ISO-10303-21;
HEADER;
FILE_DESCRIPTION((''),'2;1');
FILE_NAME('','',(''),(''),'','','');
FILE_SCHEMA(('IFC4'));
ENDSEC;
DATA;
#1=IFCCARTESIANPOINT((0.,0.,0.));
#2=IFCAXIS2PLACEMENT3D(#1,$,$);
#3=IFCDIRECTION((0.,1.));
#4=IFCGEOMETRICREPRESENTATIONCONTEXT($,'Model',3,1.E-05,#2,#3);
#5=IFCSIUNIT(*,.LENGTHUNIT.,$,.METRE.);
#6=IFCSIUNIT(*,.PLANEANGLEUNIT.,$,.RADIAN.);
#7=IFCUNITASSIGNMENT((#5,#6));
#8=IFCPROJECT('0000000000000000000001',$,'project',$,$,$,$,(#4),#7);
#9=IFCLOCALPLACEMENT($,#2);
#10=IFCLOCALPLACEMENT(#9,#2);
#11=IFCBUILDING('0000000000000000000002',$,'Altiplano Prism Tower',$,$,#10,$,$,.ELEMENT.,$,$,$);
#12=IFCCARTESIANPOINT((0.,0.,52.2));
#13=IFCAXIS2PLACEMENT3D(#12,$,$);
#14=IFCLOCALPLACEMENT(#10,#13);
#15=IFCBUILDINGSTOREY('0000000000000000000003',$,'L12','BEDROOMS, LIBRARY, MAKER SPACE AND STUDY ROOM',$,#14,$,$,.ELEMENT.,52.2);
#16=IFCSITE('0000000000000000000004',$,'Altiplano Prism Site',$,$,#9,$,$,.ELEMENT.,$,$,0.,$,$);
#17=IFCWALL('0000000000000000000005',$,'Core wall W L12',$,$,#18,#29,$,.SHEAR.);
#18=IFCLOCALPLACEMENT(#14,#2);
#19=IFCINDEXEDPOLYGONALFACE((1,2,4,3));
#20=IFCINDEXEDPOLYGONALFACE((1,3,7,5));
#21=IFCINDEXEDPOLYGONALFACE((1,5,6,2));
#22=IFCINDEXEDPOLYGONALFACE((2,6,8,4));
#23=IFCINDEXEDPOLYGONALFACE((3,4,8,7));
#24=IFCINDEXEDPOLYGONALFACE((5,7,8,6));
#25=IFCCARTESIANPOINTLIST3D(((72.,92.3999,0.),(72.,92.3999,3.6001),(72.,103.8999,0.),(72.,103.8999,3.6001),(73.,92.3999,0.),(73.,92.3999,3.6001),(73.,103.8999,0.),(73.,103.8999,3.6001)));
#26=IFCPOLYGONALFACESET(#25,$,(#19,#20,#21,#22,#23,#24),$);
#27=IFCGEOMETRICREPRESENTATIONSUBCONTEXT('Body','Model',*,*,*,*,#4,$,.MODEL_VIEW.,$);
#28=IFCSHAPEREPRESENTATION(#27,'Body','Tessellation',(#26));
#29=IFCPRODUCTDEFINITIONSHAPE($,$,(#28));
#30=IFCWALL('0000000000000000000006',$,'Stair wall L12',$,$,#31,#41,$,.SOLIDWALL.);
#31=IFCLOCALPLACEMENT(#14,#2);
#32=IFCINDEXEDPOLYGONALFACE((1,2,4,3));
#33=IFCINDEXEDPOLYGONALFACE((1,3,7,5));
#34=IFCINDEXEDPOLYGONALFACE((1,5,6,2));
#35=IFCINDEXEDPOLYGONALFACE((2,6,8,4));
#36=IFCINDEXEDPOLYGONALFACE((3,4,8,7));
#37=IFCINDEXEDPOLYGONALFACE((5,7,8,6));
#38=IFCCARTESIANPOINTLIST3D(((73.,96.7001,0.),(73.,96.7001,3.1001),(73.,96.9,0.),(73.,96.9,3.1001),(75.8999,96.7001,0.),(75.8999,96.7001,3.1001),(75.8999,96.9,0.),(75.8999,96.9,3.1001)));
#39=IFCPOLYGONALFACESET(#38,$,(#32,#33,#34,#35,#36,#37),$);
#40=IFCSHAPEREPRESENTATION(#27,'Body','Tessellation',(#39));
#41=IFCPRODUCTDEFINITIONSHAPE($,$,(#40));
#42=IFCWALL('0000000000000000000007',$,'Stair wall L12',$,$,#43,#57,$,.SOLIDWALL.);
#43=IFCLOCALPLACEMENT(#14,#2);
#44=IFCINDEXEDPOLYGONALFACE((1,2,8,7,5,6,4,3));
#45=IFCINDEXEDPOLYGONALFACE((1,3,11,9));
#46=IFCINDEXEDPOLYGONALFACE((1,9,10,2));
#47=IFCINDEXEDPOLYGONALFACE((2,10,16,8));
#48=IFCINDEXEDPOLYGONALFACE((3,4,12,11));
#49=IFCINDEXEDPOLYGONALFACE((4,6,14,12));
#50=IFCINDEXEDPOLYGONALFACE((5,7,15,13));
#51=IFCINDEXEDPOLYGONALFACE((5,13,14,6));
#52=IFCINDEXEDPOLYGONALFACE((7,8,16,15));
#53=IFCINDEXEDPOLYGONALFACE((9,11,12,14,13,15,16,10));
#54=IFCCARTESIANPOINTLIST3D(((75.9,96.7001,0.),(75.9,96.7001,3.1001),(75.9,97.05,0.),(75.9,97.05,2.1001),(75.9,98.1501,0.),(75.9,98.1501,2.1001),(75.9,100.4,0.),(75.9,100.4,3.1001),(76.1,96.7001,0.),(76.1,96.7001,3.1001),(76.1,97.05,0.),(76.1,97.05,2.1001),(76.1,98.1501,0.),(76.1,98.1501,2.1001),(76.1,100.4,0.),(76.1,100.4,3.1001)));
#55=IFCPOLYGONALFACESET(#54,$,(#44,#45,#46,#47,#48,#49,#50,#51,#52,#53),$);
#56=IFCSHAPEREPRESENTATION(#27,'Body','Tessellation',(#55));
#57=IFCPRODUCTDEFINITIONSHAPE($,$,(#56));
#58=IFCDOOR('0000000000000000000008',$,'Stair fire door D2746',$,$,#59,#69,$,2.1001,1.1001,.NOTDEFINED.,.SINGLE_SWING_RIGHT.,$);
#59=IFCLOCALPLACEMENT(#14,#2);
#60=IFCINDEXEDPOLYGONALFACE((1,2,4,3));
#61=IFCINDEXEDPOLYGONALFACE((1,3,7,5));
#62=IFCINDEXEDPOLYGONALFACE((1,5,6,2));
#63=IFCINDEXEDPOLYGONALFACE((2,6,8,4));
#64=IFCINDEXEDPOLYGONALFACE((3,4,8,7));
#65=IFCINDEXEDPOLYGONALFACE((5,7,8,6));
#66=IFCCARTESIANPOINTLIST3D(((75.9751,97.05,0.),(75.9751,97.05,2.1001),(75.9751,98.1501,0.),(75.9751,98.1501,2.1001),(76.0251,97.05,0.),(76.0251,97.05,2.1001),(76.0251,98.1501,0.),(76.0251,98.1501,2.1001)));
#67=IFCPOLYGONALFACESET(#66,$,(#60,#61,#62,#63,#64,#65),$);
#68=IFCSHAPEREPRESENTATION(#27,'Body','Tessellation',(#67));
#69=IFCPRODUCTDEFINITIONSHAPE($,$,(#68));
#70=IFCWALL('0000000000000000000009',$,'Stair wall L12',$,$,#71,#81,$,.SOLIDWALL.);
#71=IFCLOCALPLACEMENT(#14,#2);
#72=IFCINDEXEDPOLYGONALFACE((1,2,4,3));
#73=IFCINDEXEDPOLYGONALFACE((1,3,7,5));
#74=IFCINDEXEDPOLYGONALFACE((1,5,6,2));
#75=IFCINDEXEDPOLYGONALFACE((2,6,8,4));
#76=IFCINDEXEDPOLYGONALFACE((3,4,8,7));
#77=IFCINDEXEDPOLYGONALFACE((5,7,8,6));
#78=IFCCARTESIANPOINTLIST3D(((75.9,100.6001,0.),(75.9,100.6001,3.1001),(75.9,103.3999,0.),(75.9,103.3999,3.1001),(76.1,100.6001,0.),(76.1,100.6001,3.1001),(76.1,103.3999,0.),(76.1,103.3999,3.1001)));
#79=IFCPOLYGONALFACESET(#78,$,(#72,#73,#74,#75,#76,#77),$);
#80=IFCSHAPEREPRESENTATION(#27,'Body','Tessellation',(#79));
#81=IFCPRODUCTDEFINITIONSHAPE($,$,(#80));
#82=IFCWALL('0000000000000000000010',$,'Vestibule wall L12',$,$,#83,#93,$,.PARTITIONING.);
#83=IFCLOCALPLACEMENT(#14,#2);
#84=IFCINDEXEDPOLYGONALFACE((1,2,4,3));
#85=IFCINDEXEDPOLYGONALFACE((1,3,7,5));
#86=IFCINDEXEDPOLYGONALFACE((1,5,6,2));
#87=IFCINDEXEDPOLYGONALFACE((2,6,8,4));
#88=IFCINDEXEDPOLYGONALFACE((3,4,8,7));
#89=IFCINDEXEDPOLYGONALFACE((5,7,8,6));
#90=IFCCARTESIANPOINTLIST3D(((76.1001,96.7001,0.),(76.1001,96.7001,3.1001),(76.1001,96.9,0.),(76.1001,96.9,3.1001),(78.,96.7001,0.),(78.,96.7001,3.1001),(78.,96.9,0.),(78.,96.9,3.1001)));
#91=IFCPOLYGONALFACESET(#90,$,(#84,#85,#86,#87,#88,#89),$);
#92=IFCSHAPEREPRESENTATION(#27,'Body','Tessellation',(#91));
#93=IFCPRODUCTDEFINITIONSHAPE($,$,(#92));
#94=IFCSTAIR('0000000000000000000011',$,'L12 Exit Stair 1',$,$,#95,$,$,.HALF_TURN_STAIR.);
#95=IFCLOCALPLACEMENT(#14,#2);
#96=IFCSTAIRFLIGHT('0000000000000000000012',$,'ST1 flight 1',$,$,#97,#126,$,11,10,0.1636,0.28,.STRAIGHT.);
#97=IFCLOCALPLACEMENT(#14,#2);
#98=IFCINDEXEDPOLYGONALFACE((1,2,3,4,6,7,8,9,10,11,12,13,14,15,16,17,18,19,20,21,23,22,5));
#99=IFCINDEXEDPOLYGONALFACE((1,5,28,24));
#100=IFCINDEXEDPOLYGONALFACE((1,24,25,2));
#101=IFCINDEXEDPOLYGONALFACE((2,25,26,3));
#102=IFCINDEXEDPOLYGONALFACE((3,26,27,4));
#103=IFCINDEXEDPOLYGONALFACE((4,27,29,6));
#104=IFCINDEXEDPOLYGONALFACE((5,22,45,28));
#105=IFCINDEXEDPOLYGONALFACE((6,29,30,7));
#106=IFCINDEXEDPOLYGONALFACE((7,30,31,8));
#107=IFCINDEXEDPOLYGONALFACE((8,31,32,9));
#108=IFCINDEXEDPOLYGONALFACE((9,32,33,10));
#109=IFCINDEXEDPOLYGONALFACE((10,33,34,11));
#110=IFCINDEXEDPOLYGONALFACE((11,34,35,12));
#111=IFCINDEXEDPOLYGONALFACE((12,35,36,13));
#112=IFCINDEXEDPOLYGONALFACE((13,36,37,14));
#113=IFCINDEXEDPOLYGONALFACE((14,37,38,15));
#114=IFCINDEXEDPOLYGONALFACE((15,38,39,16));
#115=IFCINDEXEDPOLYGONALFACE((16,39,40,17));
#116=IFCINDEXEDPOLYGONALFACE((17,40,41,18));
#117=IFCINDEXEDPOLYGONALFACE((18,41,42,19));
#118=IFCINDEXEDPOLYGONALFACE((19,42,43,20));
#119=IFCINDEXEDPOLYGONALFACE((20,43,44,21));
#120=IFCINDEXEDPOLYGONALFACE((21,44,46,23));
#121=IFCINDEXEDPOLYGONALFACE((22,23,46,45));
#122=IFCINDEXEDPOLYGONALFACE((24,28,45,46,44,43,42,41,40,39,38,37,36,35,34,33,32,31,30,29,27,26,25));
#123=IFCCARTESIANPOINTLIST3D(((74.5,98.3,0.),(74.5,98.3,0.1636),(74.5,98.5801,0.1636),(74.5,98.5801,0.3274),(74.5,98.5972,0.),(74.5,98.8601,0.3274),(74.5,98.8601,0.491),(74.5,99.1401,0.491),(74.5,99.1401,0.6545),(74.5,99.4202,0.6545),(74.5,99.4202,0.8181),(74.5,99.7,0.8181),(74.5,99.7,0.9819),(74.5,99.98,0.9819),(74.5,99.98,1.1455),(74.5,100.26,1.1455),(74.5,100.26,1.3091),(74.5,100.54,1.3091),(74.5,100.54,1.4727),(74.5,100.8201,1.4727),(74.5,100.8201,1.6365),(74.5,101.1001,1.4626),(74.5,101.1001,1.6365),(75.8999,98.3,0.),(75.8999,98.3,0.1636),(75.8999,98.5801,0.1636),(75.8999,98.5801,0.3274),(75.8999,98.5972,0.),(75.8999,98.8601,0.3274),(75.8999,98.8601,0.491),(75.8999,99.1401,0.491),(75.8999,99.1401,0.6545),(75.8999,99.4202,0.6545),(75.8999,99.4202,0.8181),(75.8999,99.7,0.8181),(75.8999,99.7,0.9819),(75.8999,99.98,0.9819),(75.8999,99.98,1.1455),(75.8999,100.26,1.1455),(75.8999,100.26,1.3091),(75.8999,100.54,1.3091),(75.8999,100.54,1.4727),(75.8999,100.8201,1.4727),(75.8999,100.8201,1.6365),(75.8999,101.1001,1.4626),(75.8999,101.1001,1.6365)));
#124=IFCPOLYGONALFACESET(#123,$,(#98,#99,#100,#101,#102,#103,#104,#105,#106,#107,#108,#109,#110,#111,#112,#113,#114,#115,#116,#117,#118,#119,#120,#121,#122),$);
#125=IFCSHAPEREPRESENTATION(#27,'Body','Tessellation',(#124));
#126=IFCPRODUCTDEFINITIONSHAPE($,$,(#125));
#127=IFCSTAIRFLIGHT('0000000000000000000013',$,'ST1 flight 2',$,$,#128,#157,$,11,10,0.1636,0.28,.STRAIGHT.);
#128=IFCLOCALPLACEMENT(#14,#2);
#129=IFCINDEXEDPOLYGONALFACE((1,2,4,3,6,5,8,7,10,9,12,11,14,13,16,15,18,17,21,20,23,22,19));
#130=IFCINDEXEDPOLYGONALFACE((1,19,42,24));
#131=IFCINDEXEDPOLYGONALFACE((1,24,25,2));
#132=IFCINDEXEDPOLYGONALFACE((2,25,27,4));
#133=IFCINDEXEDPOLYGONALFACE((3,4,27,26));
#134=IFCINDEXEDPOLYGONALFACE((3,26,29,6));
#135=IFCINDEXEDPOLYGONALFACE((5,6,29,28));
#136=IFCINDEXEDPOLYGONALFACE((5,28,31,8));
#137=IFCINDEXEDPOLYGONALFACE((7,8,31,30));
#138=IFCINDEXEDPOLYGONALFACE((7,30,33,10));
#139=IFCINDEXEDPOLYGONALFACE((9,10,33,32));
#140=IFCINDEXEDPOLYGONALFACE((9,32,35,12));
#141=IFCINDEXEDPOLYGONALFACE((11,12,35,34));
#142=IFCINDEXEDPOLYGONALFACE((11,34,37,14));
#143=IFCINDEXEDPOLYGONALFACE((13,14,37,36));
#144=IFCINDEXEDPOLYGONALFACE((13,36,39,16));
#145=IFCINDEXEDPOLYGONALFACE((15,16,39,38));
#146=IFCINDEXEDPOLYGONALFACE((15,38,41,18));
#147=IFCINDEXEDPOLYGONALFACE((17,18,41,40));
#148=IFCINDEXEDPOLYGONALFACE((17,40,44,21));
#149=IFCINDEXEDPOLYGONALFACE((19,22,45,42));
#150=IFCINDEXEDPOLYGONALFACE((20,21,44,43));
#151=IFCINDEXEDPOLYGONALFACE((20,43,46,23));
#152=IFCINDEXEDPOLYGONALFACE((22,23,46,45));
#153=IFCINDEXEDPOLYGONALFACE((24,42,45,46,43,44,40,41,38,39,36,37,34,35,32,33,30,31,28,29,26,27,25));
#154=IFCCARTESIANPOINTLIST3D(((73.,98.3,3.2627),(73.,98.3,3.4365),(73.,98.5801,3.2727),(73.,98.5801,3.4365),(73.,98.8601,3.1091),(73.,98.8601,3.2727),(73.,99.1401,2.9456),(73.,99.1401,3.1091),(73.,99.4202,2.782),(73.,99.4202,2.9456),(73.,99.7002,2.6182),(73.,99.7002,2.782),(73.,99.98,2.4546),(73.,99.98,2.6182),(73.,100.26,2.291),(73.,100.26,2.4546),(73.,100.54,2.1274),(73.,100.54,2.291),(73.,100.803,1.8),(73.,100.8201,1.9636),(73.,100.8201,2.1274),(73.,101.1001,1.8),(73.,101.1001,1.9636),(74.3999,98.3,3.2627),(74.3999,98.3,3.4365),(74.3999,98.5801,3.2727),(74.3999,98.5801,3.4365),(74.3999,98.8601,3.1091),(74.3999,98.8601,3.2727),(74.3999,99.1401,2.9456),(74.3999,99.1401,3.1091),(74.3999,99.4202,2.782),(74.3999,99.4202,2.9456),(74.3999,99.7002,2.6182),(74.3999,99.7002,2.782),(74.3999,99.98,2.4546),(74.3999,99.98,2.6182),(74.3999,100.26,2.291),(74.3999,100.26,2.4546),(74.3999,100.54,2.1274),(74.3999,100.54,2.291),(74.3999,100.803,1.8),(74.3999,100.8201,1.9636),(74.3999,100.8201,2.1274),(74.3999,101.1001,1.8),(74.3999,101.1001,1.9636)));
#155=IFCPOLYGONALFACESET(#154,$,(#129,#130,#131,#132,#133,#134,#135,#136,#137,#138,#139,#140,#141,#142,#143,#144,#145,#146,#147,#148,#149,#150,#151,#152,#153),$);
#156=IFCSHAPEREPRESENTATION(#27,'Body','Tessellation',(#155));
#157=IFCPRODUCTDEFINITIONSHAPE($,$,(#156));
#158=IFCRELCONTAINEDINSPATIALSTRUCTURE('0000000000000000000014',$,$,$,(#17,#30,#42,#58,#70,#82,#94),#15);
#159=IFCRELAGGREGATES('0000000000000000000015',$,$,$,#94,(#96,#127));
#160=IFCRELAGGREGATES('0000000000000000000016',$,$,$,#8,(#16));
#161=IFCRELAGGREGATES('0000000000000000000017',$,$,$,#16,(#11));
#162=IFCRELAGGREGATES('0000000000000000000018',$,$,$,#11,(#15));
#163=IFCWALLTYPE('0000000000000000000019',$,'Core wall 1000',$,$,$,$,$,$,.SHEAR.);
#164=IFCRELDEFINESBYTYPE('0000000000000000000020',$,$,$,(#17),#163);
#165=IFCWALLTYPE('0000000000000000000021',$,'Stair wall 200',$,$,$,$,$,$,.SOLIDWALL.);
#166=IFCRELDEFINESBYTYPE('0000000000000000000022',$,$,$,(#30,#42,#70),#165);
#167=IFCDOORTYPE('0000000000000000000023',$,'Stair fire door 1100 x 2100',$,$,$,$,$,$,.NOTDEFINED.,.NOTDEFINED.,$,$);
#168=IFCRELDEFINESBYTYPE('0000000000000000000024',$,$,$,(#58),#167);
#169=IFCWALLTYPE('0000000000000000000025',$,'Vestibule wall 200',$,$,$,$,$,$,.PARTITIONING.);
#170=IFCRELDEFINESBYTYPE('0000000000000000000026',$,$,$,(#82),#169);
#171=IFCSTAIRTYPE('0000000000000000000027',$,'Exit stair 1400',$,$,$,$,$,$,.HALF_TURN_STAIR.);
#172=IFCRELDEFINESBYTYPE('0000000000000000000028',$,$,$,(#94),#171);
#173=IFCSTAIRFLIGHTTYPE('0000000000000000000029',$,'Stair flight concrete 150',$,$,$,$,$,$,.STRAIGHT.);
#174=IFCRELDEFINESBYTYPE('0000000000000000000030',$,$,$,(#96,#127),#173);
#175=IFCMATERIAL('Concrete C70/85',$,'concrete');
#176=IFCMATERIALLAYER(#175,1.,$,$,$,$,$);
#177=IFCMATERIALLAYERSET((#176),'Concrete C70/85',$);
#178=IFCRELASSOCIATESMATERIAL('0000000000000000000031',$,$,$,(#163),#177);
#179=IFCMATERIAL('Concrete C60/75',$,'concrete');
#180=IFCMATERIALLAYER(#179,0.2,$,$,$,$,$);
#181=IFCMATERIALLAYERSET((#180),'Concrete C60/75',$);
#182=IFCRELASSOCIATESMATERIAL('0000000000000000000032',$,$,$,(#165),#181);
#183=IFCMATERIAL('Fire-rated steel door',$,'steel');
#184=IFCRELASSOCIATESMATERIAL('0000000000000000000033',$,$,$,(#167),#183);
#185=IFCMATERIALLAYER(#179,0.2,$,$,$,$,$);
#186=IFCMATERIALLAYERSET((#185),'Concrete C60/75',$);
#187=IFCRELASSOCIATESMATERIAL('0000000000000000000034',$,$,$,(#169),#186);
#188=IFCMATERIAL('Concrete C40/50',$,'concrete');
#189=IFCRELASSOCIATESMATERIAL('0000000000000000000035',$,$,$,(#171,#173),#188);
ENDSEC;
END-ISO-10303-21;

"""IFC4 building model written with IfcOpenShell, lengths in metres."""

from ifc_helpers import new_model, si_unit, direction, frame, frame_2d, origin, place, context, subcontext, project, spatial, polyline, rectangle, outline, extrude, material, layer, layer_set, type_object, element, fill, aggregate, save


model = new_model("IFC4")

# Units and contexts
model_context = context("Model", 3, precision=1e-05, world=origin(), true_north=direction((0.0, 1.0)))
body_context = subcontext(model_context, "Body", "Model", "MODEL_VIEW")
ifc_project = project(units=[si_unit("LENGTHUNIT", "METRE"), si_unit("PLANEANGLEUNIT", "RADIAN")], contexts=[model_context])

# Site, building, storey
site_placement = place(None, origin())
site = spatial("IfcSite", under=ifc_project, at=site_placement, Name="Altiplano Prism Site", CompositionType="ELEMENT", RefElevation=0.0)
building_placement = place(site_placement, origin())
building = spatial("IfcBuilding", under=site, at=building_placement, Name="Altiplano Prism Tower", CompositionType="ELEMENT")
storey_placement = place(building_placement, frame((0.0, 0.0, 52.2)))
storey = spatial("IfcBuildingStorey", under=building, at=storey_placement, Name="L12", Description="BEDROOMS, LIBRARY, MAKER SPACE AND STUDY ROOM", CompositionType="ELEMENT", Elevation=52.2)

# Walls
ifc_material_1 = material(Name="Concrete C70/85", Category="concrete")
ifc_layer_1 = layer(ifc_material_1, 1.0)
ifc_layer_set_1 = layer_set([ifc_layer_1], Name="Concrete C70/85")
wall_type_1 = type_object("IfcWallType", Name="Core wall 1000", PredefinedType="SHEAR", material=ifc_layer_set_1)
wall_1_placement = place(storey_placement, frame((72.5, 103.8999, 0.0), z_axis=(0.0, 0.0, 1.0), x_axis=(0.0, -1.0, 0.0)))
element("IfcWall", 1, at=wall_1_placement, inside=storey, type_object=wall_type_1, Name="Core wall W L12", PredefinedType="SHEAR", context=body_context, shape_type="SweptSolid", body=[
    extrude(rectangle(XDim=11.5, YDim=1.0, at=frame_2d((5.75, 0.0))), origin(), (0.0, 0.0, 1.0), 3.6001),
])
ifc_material_2 = material(Name="Concrete C60/75", Category="concrete")
ifc_layer_2 = layer(ifc_material_2, 0.2)
ifc_layer_set_2 = layer_set([ifc_layer_2], Name="Concrete C60/75")
wall_type_2 = type_object("IfcWallType", Name="Stair wall 200", PredefinedType="SOLIDWALL", material=ifc_layer_set_2)
wall_2_placement = place(storey_placement, frame((73.0, 96.8, 0.0), z_axis=(0.0, 0.0, 1.0), x_axis=(1.0, 0.0, 0.0)))
element("IfcWall", 2, at=wall_2_placement, inside=storey, type_object=wall_type_2, Name="Stair wall L12", PredefinedType="SOLIDWALL", context=body_context, shape_type="SweptSolid", body=[
    extrude(rectangle(XDim=2.8999, YDim=0.2, at=frame_2d((1.45, 0.0))), origin(), (0.0, 0.0, 1.0), 3.1001),
])

# Wall, opening, door
wall_3_placement = place(storey_placement, frame((76.0, 96.7, 0.0), z_axis=(0.0, 0.0, 1.0), x_axis=(0.0, 1.0, 0.0)))
wall_3 = element("IfcWall", 3, at=wall_3_placement, inside=storey, type_object=wall_type_2, Name="Stair wall L12", PredefinedType="SOLIDWALL", context=body_context, shape_type="SweptSolid", body=[
    extrude(rectangle(XDim=3.7, YDim=0.2, at=frame_2d((1.8501, 0.0))), origin(), (0.0, 0.0, 1.0), 3.1001),
])
opening_1_placement = place(wall_3_placement, frame((0.3501, 0.0, 0.0)))
opening_1 = element("IfcOpeningElement", 4, at=opening_1_placement, cuts=wall_3, PredefinedType="OPENING", context=body_context, shape_type="SweptSolid", body=[
    extrude(rectangle(XDim=1.1001, YDim=2.1001, at=frame_2d((0.55, 1.05))), frame((0.0, 0.1104, 0.0), z_axis=(0.0, -1.0, 0.0), x_axis=(1.0, 0.0, 0.0)), (0.0, 0.0, 1.0), 0.2209),
])
ifc_material_3 = material(Name="Fire-rated steel door", Category="steel")
door_type_1 = type_object("IfcDoorType", Name="Stair fire door 1100 x 2100", OperationType="NOTDEFINED", PredefinedType="NOTDEFINED", material=ifc_material_3)
door_1_placement = place(opening_1_placement, origin())
door_1 = element("IfcDoor", 5, at=door_1_placement, inside=storey, type_object=door_type_1, Name="Stair fire door D2746", OperationType="SINGLE_SWING_RIGHT", OverallHeight=2.1001, OverallWidth=1.1001, PredefinedType="NOTDEFINED", context=body_context, shape_type="SweptSolid", body=[
    extrude(rectangle(XDim=1.1001, YDim=2.1001, at=frame_2d((0.55, 1.05))), frame((0.0, 0.0249, 0.0), z_axis=(0.0, -1.0, 0.0), x_axis=(1.0, 0.0, 0.0)), (0.0, 0.0, 1.0), 0.05),
])
fill(opening_1, door_1)

# Walls
wall_4_placement = place(storey_placement, frame((76.0, 100.6001, 0.0), z_axis=(0.0, 0.0, 1.0), x_axis=(0.0, 1.0, 0.0)))
element("IfcWall", 6, at=wall_4_placement, inside=storey, type_object=wall_type_2, Name="Stair wall L12", PredefinedType="SOLIDWALL", context=body_context, shape_type="SweptSolid", body=[
    extrude(rectangle(XDim=2.7998, YDim=0.2, at=frame_2d((1.3999, 0.0))), origin(), (0.0, 0.0, 1.0), 3.1001),
])
ifc_layer_3 = layer(ifc_material_2, 0.2)
ifc_layer_set_3 = layer_set([ifc_layer_3], Name="Concrete C60/75")
wall_type_3 = type_object("IfcWallType", Name="Vestibule wall 200", PredefinedType="PARTITIONING", material=ifc_layer_set_3)
wall_5_placement = place(storey_placement, frame((76.1001, 96.8, 0.0), z_axis=(0.0, 0.0, 1.0), x_axis=(1.0, 0.0, 0.0)))
element("IfcWall", 7, at=wall_5_placement, inside=storey, type_object=wall_type_3, Name="Vestibule wall L12", PredefinedType="PARTITIONING", context=body_context, shape_type="SweptSolid", body=[
    extrude(rectangle(XDim=1.8999, YDim=0.2, at=frame_2d((0.95, 0.0))), origin(), (0.0, 0.0, 1.0), 3.1001),
])

# Stair, stair flights
ifc_material_4 = material(Name="Concrete C40/50", Category="concrete")
stair_type = type_object("IfcStairType", Name="Exit stair 1400", PredefinedType="HALF_TURN_STAIR", material=ifc_material_4)
stair_placement = place(storey_placement, origin())
stair = element("IfcStair", 8, at=stair_placement, inside=storey, type_object=stair_type, Name="L12 Exit Stair 1", PredefinedType="HALF_TURN_STAIR")
stair_flight_type = type_object("IfcStairFlightType", Name="Stair flight concrete 150", PredefinedType="STRAIGHT", material=ifc_material_4)
stair_flight_1_placement = place(storey_placement, frame((75.2, 98.3, 0.0), z_axis=(0.0, 0.0, 1.0), x_axis=(0.0, 1.0, 0.0)))
stair_flight_1 = element("IfcStairFlight", 9, at=stair_flight_1_placement, type_object=stair_flight_type, Name="ST1 flight 1", NumberOfRisers=11, NumberOfTreads=10, PredefinedType="STRAIGHT", RiserHeight=0.1636, TreadLength=0.28, context=body_context, shape_type="SweptSolid", body=[
    extrude(outline(polyline([(0.0, 0.0), (0.0, 0.1636), (0.28, 0.1636), (0.28, 0.3274), (0.5601, 0.3274), (0.5601, 0.491), (0.8401, 0.491), (0.8401, 0.6545), (1.1201, 0.6545), (1.1201, 0.8181), (1.3999, 0.8181), (1.3999, 0.9819), (1.6799, 0.9819), (1.6799, 1.1455), (1.96, 1.1455), (1.96, 1.3091), (2.24, 1.3091), (2.24, 1.4727), (2.52, 1.4727), (2.52, 1.6365), (2.8, 1.6365), (2.8, 1.8), (2.8, 1.4626), (0.2971, 0.0), (0.0, 0.0)])), frame((0.0, 0.7, 0.0), z_axis=(0.0, -1.0, 0.0), x_axis=(1.0, 0.0, 0.0)), (0.0, 0.0, 1.0), 1.3999),
])
stair_flight_2_placement = place(storey_placement, frame((73.7, 101.1001, 1.8), z_axis=(0.0, 0.0, 1.0), x_axis=(0.0, -1.0, 0.0)))
stair_flight_2 = element("IfcStairFlight", 10, at=stair_flight_2_placement, type_object=stair_flight_type, Name="ST1 flight 2", NumberOfRisers=11, NumberOfTreads=10, PredefinedType="STRAIGHT", RiserHeight=0.1636, TreadLength=0.28, context=body_context, shape_type="SweptSolid", body=[
    extrude(outline(polyline([(0.0, 0.0), (0.0, 0.1636), (0.28, 0.1636), (0.28, 0.3274), (0.5601, 0.3274), (0.5601, 0.491), (0.8401, 0.491), (0.8401, 0.6545), (1.1201, 0.6545), (1.1201, 0.8181), (1.3999, 0.8181), (1.3999, 0.9819), (1.6799, 0.9819), (1.6799, 1.1455), (1.96, 1.1455), (1.96, 1.3091), (2.24, 1.3091), (2.24, 1.4727), (2.52, 1.4727), (2.52, 1.6365), (2.8, 1.6365), (2.8, 1.8), (2.8, 1.4626), (0.2971, 0.0), (0.0, 0.0)])), frame((0.0, 0.7, 0.0), z_axis=(0.0, -1.0, 0.0), x_axis=(1.0, 0.0, 0.0)), (0.0, 0.0, 1.0), 1.3999),
])
aggregate(stair, [stair_flight_1, stair_flight_2])

save(model, "model.ifc")
